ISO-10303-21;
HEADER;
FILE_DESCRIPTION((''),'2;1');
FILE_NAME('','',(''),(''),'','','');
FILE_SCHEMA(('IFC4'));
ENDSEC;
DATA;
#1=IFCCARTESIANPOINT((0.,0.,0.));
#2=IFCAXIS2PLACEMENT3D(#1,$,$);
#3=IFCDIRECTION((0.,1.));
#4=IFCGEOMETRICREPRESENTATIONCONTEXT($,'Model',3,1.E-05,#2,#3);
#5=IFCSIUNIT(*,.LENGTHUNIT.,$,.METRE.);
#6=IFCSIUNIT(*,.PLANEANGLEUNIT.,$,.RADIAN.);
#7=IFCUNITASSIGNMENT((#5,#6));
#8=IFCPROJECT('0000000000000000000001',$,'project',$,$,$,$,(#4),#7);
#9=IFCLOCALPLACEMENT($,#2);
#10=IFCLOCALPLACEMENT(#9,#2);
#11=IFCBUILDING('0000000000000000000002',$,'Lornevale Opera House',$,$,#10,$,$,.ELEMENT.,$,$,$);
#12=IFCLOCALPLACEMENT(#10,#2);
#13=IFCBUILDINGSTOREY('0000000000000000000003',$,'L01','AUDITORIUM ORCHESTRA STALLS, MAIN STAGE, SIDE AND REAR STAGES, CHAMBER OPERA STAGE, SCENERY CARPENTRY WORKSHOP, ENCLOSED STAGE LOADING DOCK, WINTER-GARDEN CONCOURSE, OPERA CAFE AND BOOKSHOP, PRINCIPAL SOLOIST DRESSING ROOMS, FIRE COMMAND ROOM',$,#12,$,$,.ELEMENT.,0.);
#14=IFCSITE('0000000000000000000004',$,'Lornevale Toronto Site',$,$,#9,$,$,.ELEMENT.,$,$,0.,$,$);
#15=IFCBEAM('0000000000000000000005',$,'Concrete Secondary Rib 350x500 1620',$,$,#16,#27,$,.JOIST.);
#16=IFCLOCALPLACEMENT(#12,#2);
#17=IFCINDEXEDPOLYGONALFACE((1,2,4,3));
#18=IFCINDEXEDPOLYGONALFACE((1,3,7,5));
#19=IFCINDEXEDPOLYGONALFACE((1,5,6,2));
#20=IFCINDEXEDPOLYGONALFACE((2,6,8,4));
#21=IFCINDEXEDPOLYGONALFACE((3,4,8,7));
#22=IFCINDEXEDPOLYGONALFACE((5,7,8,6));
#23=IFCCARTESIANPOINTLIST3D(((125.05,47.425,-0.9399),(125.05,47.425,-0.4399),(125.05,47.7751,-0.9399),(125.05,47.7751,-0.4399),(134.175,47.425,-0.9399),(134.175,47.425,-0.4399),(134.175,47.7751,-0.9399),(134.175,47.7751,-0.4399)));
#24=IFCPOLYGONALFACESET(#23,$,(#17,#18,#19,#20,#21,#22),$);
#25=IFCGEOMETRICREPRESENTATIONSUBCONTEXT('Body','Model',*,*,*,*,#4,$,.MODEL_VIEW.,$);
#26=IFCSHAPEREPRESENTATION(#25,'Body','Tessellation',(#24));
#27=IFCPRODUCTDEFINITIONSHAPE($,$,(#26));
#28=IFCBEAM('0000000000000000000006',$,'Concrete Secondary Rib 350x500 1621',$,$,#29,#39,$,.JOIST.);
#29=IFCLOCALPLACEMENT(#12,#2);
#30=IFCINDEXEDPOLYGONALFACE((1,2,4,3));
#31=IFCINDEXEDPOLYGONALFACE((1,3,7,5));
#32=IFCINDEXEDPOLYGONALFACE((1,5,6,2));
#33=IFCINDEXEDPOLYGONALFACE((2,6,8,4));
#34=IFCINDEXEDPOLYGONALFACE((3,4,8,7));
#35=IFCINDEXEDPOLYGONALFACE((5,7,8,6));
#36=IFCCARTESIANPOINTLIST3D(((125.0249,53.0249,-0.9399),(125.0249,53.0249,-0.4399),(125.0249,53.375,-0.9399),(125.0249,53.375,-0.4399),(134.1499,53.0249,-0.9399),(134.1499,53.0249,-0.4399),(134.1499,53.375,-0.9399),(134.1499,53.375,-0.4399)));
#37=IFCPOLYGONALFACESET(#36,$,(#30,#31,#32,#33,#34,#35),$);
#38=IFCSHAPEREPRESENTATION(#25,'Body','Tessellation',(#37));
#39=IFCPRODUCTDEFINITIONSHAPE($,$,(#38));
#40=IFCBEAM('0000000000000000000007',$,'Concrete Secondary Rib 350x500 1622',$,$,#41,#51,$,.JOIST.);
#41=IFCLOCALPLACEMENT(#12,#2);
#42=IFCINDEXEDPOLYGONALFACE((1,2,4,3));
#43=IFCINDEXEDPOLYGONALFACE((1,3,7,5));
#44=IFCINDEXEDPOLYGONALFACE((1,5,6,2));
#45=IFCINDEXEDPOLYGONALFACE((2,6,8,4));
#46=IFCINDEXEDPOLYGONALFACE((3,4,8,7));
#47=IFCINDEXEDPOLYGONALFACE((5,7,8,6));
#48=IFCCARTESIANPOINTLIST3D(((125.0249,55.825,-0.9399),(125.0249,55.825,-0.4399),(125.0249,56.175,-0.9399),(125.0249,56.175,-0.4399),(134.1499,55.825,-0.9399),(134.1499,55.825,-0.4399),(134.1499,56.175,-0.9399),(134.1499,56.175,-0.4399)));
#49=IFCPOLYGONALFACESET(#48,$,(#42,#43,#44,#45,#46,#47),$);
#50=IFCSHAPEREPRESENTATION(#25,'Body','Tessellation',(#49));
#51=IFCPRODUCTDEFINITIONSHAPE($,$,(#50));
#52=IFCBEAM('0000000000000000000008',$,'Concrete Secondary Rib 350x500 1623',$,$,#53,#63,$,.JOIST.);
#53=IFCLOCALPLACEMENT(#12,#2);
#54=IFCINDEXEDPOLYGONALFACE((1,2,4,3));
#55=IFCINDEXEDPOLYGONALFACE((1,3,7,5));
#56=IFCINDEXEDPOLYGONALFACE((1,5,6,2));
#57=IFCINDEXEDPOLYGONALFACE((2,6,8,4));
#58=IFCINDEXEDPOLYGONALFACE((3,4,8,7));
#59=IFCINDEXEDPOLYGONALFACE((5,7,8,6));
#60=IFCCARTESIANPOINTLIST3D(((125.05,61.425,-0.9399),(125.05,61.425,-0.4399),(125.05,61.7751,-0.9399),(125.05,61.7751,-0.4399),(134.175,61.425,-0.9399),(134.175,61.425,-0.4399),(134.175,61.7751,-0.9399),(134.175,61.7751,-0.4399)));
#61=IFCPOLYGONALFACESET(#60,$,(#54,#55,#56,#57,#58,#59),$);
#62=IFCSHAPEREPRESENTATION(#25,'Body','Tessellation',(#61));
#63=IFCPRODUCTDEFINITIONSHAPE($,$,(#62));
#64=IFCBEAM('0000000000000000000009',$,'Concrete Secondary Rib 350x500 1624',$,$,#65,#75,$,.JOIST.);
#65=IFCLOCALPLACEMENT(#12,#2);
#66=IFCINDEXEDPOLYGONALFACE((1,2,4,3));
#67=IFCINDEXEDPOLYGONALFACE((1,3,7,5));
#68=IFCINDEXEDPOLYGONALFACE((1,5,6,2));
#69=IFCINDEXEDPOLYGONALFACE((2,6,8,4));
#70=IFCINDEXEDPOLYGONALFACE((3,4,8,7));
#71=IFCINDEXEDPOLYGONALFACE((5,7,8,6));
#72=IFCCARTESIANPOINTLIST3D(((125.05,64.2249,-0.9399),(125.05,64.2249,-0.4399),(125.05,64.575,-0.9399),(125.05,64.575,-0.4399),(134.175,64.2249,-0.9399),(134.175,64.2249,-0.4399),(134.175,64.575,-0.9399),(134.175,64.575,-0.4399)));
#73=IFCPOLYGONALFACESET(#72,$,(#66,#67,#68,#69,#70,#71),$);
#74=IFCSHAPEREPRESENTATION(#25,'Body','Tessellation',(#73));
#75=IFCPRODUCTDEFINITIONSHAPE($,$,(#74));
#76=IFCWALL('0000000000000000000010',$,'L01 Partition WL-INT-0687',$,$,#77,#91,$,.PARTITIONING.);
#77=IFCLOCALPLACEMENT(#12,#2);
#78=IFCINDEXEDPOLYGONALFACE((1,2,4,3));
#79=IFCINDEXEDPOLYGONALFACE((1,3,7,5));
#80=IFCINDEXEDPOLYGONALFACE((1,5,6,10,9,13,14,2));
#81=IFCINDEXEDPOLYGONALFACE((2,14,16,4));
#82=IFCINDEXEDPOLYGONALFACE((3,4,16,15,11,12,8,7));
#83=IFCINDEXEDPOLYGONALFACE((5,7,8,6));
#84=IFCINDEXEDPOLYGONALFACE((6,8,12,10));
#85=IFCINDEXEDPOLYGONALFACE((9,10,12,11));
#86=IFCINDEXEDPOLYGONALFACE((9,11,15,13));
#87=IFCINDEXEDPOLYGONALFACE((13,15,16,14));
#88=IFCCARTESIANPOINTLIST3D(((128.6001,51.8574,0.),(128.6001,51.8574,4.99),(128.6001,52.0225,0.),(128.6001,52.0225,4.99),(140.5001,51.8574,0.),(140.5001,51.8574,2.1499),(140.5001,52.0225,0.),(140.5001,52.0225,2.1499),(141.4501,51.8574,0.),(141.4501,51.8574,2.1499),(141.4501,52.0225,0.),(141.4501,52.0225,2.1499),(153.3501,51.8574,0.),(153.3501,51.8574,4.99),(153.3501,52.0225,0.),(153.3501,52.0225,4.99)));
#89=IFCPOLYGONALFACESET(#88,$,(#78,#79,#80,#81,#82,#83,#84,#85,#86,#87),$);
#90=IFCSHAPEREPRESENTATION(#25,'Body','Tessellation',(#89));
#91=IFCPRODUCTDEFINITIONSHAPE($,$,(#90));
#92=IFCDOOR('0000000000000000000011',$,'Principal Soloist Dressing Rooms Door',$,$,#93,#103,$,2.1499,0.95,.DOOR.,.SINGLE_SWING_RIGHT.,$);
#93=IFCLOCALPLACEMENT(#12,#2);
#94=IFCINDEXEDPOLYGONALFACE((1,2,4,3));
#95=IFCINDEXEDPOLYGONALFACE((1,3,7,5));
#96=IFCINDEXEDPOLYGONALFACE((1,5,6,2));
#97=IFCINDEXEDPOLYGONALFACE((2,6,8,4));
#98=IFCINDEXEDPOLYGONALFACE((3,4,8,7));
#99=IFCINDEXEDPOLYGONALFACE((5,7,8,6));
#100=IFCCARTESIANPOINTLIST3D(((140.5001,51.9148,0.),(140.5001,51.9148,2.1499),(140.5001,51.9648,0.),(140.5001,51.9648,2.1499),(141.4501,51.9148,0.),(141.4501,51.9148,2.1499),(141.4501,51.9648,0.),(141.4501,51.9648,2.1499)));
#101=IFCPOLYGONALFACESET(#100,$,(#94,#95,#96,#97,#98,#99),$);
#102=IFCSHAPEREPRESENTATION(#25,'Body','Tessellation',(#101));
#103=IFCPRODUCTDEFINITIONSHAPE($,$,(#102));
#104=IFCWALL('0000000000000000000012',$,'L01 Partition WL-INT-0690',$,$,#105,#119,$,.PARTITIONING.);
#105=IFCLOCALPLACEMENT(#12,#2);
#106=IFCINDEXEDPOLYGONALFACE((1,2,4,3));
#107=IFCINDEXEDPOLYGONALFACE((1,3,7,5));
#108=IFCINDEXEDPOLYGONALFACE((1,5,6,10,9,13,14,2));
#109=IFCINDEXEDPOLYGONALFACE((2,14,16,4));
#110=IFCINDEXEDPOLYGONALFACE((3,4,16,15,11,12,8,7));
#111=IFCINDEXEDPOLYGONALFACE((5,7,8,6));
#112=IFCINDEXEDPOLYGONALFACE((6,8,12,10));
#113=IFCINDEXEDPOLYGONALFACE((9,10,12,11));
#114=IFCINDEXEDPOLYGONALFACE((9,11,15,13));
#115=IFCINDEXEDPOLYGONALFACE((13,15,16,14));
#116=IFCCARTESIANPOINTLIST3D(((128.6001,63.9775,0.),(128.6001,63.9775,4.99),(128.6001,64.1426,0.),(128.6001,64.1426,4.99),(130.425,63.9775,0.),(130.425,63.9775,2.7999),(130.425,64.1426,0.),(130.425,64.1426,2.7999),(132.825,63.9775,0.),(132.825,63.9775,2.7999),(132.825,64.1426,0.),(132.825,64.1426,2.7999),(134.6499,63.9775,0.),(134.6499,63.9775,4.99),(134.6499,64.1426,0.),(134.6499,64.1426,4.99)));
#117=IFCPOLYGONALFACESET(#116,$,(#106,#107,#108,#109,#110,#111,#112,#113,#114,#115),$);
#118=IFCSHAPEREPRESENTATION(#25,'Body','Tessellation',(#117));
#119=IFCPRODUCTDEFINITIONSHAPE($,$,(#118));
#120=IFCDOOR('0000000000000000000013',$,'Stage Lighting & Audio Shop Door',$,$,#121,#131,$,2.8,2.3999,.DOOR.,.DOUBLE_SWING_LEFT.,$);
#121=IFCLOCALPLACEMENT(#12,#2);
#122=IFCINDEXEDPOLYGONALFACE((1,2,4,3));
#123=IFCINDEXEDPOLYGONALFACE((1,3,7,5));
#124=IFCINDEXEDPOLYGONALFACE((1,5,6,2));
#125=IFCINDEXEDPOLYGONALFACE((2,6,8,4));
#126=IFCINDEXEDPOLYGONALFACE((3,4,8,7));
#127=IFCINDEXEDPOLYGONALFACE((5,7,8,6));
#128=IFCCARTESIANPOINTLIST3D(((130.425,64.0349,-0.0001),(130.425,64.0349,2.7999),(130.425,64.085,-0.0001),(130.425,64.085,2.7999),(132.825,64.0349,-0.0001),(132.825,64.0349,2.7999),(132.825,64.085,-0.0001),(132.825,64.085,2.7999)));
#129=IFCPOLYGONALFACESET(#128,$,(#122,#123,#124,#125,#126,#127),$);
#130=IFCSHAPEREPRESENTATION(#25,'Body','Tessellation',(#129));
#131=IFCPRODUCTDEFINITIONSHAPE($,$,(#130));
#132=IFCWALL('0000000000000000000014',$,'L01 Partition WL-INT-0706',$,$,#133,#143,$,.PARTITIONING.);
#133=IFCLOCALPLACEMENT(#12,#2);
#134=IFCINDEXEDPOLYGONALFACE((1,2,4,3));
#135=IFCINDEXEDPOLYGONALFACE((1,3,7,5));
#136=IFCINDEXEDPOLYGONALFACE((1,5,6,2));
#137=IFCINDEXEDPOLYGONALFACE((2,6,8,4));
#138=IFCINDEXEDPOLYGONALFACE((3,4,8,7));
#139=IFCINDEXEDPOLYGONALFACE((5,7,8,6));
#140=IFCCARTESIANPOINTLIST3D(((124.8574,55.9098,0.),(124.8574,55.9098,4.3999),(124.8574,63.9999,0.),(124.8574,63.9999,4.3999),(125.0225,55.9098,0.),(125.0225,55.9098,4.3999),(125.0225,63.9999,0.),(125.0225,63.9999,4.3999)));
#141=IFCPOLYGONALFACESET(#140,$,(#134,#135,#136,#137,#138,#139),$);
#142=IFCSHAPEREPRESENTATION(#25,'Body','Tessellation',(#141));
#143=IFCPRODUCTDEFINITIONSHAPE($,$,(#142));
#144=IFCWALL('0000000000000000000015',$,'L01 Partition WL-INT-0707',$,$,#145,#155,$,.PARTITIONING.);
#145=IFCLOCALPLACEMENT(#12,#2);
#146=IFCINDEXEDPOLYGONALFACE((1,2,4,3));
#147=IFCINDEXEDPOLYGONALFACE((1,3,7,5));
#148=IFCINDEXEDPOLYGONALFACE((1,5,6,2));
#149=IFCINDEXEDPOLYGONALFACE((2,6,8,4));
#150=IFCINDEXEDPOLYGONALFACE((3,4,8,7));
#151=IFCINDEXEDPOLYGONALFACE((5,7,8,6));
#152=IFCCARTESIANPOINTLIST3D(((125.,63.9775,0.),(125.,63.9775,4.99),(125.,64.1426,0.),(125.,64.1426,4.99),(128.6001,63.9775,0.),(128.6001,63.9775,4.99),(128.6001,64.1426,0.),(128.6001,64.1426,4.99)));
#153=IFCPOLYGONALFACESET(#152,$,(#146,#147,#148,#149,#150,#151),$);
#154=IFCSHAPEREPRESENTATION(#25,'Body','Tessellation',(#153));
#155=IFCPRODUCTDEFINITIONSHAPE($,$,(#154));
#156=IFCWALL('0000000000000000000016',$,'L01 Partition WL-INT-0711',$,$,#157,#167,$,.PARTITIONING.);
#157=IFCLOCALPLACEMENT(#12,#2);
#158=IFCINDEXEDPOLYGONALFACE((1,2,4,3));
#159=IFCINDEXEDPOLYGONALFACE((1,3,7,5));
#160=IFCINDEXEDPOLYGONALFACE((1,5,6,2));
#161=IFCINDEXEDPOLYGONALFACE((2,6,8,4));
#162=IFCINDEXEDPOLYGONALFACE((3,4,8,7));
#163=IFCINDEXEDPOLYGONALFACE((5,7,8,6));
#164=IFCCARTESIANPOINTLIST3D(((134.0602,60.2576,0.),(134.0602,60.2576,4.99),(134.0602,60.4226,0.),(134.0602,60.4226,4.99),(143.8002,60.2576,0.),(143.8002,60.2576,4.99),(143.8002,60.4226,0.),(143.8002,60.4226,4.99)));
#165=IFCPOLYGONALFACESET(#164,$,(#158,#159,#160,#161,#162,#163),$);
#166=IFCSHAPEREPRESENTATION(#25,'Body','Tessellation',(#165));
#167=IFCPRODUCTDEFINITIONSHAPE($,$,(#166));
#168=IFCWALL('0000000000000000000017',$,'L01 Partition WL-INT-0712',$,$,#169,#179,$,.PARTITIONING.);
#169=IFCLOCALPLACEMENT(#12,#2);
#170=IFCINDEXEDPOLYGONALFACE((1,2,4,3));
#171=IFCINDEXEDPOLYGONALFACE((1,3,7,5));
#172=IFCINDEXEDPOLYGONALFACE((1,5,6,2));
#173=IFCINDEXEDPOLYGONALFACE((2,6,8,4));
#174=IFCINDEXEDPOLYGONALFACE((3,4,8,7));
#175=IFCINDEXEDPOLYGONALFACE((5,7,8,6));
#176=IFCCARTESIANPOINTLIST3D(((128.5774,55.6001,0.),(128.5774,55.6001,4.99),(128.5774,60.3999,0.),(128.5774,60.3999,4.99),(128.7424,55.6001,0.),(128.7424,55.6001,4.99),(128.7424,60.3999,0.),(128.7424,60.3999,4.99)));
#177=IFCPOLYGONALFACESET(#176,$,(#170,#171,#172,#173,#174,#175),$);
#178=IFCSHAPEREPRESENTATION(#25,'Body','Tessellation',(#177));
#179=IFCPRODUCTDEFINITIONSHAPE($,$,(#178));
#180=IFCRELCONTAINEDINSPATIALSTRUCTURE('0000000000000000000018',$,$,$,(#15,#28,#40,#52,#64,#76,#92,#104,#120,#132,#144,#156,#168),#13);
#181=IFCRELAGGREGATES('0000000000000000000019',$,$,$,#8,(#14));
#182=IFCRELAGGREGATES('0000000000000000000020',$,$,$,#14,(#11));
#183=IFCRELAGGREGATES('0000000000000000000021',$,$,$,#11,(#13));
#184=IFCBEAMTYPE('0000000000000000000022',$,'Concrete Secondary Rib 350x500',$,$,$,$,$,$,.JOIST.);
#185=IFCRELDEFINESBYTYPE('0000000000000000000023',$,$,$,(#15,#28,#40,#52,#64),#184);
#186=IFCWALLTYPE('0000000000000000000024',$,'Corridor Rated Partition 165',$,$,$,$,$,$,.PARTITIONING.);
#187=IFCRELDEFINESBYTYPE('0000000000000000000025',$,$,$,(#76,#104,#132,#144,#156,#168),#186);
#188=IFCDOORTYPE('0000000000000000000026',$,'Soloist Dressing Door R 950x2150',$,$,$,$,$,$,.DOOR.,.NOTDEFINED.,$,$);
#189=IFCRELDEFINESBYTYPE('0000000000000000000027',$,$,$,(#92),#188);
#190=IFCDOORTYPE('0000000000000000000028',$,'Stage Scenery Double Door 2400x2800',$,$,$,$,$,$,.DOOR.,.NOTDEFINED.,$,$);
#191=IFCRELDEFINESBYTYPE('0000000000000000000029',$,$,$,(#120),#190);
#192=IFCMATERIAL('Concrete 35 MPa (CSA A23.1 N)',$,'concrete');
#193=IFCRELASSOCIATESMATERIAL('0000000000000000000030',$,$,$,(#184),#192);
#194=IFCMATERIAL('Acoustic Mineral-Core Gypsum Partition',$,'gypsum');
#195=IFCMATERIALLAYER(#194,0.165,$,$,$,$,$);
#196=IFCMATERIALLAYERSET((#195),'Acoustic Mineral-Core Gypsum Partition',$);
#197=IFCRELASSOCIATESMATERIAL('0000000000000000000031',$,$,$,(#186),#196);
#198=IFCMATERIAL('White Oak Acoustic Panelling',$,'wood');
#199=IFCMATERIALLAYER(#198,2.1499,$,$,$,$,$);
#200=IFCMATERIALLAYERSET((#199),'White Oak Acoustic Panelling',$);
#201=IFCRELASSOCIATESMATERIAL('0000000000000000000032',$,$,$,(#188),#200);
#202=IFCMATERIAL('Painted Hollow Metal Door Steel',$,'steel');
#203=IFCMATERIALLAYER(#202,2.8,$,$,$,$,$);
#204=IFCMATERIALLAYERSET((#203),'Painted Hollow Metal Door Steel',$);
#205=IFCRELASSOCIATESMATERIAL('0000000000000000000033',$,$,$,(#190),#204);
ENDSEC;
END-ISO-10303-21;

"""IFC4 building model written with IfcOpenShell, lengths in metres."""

from ifc_helpers import new_model, si_unit, direction, frame, frame_2d, origin, origin_2d, place, context, subcontext, project, spatial, rectangle, extrude, material, layer, layer_set, material_profile, profile_set, type_object, element, fill, save


model = new_model("IFC4")

# Units and contexts
model_context = context("Model", 3, precision=1e-05, world=origin(), true_north=direction((0.0, 1.0)))
body_context = subcontext(model_context, "Body", "Model", "MODEL_VIEW")
ifc_project = project(units=[si_unit("LENGTHUNIT", "METRE"), si_unit("PLANEANGLEUNIT", "RADIAN")], contexts=[model_context])

# Site, building, storey
site_placement = place(None, origin())
site = spatial("IfcSite", under=ifc_project, at=site_placement, Name="Lornevale Toronto Site", CompositionType="ELEMENT", RefElevation=0.0)
building_placement = place(site_placement, origin())
building = spatial("IfcBuilding", under=site, at=building_placement, Name="Lornevale Opera House", CompositionType="ELEMENT")
storey_placement = place(building_placement, origin())
storey = spatial("IfcBuildingStorey", under=building, at=storey_placement, Name="L01", Description="AUDITORIUM ORCHESTRA STALLS, MAIN STAGE, SIDE AND REAR STAGES, CHAMBER OPERA STAGE, SCENERY CARPENTRY WORKSHOP, ENCLOSED STAGE LOADING DOCK, WINTER-GARDEN CONCOURSE, OPERA CAFE AND BOOKSHOP, PRINCIPAL SOLOIST DRESSING ROOMS, FIRE COMMAND ROOM", CompositionType="ELEMENT", Elevation=0.0)

# Beams
ifc_material_1 = material(Name="Concrete 35 MPa (CSA A23.1 N)", Category="concrete")
ifc_material_profile_1 = material_profile(ifc_material_1, rectangle(XDim=0.3501, YDim=0.5, at=origin_2d()), Name="RC350x500")
ifc_profile_set_1 = profile_set([ifc_material_profile_1], Name="Concrete 35 MPa (CSA A23.1 N)")
beam_type_1 = type_object("IfcBeamType", Name="Concrete Secondary Rib 350x500", PredefinedType="JOIST", material=ifc_profile_set_1)
for number, where, z_axis, x_axis, name in (
    (1, (125.05, 47.6001, -0.6899), (1.0, 0.0, 0.0), (0.0, 1.0, 0.0), "Concrete Secondary Rib 350x500 1620"),
    (2, (125.0249, 53.2, -0.6899), (1.0, 0.0, 0.0), (0.0, 1.0, 0.0), "Concrete Secondary Rib 350x500 1621"),
    (3, (125.0249, 56.0, -0.6899), (1.0, 0.0, 0.0), (0.0, 1.0, 0.0), "Concrete Secondary Rib 350x500 1622"),
    (4, (125.05, 61.6001, -0.6899), (1.0, 0.0, 0.0), (0.0, 1.0, 0.0), "Concrete Secondary Rib 350x500 1623"),
    (5, (125.05, 64.3999, -0.6899), (1.0, 0.0, 0.0), (0.0, 1.0, 0.0), "Concrete Secondary Rib 350x500 1624"),
):
    element("IfcBeam", number, at=place(storey_placement, frame(where, z_axis=z_axis, x_axis=x_axis)), inside=storey, type_object=beam_type_1, Name=name, PredefinedType="JOIST", context=body_context, shape_type="SweptSolid", body=[
        extrude(rectangle(XDim=0.3501, YDim=0.5, at=origin_2d()), origin(), (0.0, 0.0, 1.0), 9.125),
    ])

# Walls, openings, doors
ifc_material_2 = material(Name="Acoustic Mineral-Core Gypsum Partition", Category="gypsum")
ifc_layer_1 = layer(ifc_material_2, 0.165)
ifc_layer_set_1 = layer_set([ifc_layer_1], Name="Acoustic Mineral-Core Gypsum Partition")
wall_type_1 = type_object("IfcWallType", Name="Corridor Rated Partition 165", PredefinedType="PARTITIONING", material=ifc_layer_set_1)
wall_1_placement = place(storey_placement, frame((128.6001, 51.9399, 0.0), z_axis=(0.0, 0.0, 1.0), x_axis=(1.0, 0.0, 0.0)))
wall_1 = element("IfcWall", 6, at=wall_1_placement, inside=storey, type_object=wall_type_1, Name="L01 Partition WL-INT-0687", PredefinedType="PARTITIONING", context=body_context, shape_type="SweptSolid", body=[
    extrude(rectangle(XDim=24.75, YDim=0.165, at=frame_2d((12.375, 0.0))), origin(), (0.0, 0.0, 1.0), 4.99),
])
opening_1_placement = place(wall_1_placement, frame((11.8999, 0.0, 0.0)))
opening_1 = element("IfcOpeningElement", 7, at=opening_1_placement, cuts=wall_1, PredefinedType="OPENING", context=body_context, shape_type="SweptSolid", body=[
    extrude(rectangle(XDim=0.95, YDim=2.1499, at=frame_2d((0.4751, 1.075))), frame((0.0, 0.0925, 0.0), z_axis=(0.0, -1.0, 0.0), x_axis=(1.0, 0.0, 0.0)), (0.0, 0.0, 1.0), 0.1851),
])
ifc_material_3 = material(Name="White Oak Acoustic Panelling", Category="wood")
ifc_layer_2 = layer(ifc_material_3, 2.1499)
ifc_layer_set_2 = layer_set([ifc_layer_2], Name="White Oak Acoustic Panelling")
door_type_1 = type_object("IfcDoorType", Name="Soloist Dressing Door R 950x2150", OperationType="NOTDEFINED", PredefinedType="DOOR", material=ifc_layer_set_2)
door_1_placement = place(opening_1_placement, origin())
door_1 = element("IfcDoor", 8, at=door_1_placement, inside=storey, type_object=door_type_1, Name="Principal Soloist Dressing Rooms Door", OperationType="SINGLE_SWING_RIGHT", OverallHeight=2.1499, OverallWidth=0.95, PredefinedType="DOOR", context=body_context, shape_type="SweptSolid", body=[
    extrude(rectangle(XDim=0.95, YDim=2.1499, at=frame_2d((0.4751, 1.075))), frame((0.0, 0.0249, 0.0), z_axis=(0.0, -1.0, 0.0), x_axis=(1.0, 0.0, 0.0)), (0.0, 0.0, 1.0), 0.05),
])
fill(opening_1, door_1)
wall_2_placement = place(storey_placement, frame((128.6001, 64.0601, 0.0), z_axis=(0.0, 0.0, 1.0), x_axis=(1.0, 0.0, 0.0)))
wall_2 = element("IfcWall", 9, at=wall_2_placement, inside=storey, type_object=wall_type_1, Name="L01 Partition WL-INT-0690", PredefinedType="PARTITIONING", context=body_context, shape_type="SweptSolid", body=[
    extrude(rectangle(XDim=6.0498, YDim=0.165, at=frame_2d((3.0249, 0.0))), origin(), (0.0, 0.0, 1.0), 4.99),
])
opening_2_placement = place(wall_2_placement, frame((1.825, 0.0, 0.0)))
opening_2 = element("IfcOpeningElement", 10, at=opening_2_placement, cuts=wall_2, PredefinedType="OPENING", context=body_context, shape_type="SweptSolid", body=[
    extrude(rectangle(XDim=2.3999, YDim=2.8, at=frame_2d((1.2, 1.3999))), frame((0.0, 0.0925, 0.0), z_axis=(0.0, -1.0, 0.0), x_axis=(1.0, 0.0, 0.0)), (0.0, 0.0, 1.0), 0.1851),
])
ifc_material_4 = material(Name="Painted Hollow Metal Door Steel", Category="steel")
ifc_layer_3 = layer(ifc_material_4, 2.8)
ifc_layer_set_3 = layer_set([ifc_layer_3], Name="Painted Hollow Metal Door Steel")
door_type_2 = type_object("IfcDoorType", Name="Stage Scenery Double Door 2400x2800", OperationType="NOTDEFINED", PredefinedType="DOOR", material=ifc_layer_set_3)
door_2_placement = place(opening_2_placement, origin())
door_2 = element("IfcDoor", 11, at=door_2_placement, inside=storey, type_object=door_type_2, Name="Stage Lighting & Audio Shop Door", OperationType="DOUBLE_SWING_LEFT", OverallHeight=2.8, OverallWidth=2.3999, PredefinedType="DOOR", context=body_context, shape_type="SweptSolid", body=[
    extrude(rectangle(XDim=2.3999, YDim=2.8, at=frame_2d((1.2, 1.3999))), frame((0.0, 0.0249, 0.0), z_axis=(0.0, -1.0, 0.0), x_axis=(1.0, 0.0, 0.0)), (0.0, 0.0, 1.0), 0.05),
])
fill(opening_2, door_2)

# Walls
wall_3_placement = place(storey_placement, frame((124.9399, 55.9099, 0.0), z_axis=(0.0, 0.0, 1.0), x_axis=(0.0, 1.0, 0.0)))
element("IfcWall", 12, at=wall_3_placement, inside=storey, type_object=wall_type_1, Name="L01 Partition WL-INT-0706", PredefinedType="PARTITIONING", context=body_context, shape_type="SweptSolid", body=[
    extrude(rectangle(XDim=8.0901, YDim=0.165, at=frame_2d((4.0449, 0.0))), origin(), (0.0, 0.0, 1.0), 4.3999),
])
wall_4_placement = place(storey_placement, frame((125.0, 64.0601, 0.0), z_axis=(0.0, 0.0, 1.0), x_axis=(1.0, 0.0, 0.0)))
element("IfcWall", 13, at=wall_4_placement, inside=storey, type_object=wall_type_1, Name="L01 Partition WL-INT-0707", PredefinedType="PARTITIONING", context=body_context, shape_type="SweptSolid", body=[
    extrude(rectangle(XDim=3.6001, YDim=0.165, at=frame_2d((1.8, 0.0))), origin(), (0.0, 0.0, 1.0), 4.99),
])
wall_5_placement = place(storey_placement, frame((134.0601, 60.3401, 0.0), z_axis=(0.0, 0.0, 1.0), x_axis=(1.0, 0.0, 0.0)))
element("IfcWall", 14, at=wall_5_placement, inside=storey, type_object=wall_type_1, Name="L01 Partition WL-INT-0711", PredefinedType="PARTITIONING", context=body_context, shape_type="SweptSolid", body=[
    extrude(rectangle(XDim=9.74, YDim=0.165, at=frame_2d((4.8701, 0.0))), origin(), (0.0, 0.0, 1.0), 4.99),
])
wall_6_placement = place(storey_placement, frame((128.6599, 55.6001, 0.0), z_axis=(0.0, 0.0, 1.0), x_axis=(0.0, 1.0, 0.0)))
element("IfcWall", 15, at=wall_6_placement, inside=storey, type_object=wall_type_1, Name="L01 Partition WL-INT-0712", PredefinedType="PARTITIONING", context=body_context, shape_type="SweptSolid", body=[
    extrude(rectangle(XDim=4.7998, YDim=0.165, at=frame_2d((2.3999, 0.0))), origin(), (0.0, 0.0, 1.0), 4.99),
])

save(model, "model.ifc")
